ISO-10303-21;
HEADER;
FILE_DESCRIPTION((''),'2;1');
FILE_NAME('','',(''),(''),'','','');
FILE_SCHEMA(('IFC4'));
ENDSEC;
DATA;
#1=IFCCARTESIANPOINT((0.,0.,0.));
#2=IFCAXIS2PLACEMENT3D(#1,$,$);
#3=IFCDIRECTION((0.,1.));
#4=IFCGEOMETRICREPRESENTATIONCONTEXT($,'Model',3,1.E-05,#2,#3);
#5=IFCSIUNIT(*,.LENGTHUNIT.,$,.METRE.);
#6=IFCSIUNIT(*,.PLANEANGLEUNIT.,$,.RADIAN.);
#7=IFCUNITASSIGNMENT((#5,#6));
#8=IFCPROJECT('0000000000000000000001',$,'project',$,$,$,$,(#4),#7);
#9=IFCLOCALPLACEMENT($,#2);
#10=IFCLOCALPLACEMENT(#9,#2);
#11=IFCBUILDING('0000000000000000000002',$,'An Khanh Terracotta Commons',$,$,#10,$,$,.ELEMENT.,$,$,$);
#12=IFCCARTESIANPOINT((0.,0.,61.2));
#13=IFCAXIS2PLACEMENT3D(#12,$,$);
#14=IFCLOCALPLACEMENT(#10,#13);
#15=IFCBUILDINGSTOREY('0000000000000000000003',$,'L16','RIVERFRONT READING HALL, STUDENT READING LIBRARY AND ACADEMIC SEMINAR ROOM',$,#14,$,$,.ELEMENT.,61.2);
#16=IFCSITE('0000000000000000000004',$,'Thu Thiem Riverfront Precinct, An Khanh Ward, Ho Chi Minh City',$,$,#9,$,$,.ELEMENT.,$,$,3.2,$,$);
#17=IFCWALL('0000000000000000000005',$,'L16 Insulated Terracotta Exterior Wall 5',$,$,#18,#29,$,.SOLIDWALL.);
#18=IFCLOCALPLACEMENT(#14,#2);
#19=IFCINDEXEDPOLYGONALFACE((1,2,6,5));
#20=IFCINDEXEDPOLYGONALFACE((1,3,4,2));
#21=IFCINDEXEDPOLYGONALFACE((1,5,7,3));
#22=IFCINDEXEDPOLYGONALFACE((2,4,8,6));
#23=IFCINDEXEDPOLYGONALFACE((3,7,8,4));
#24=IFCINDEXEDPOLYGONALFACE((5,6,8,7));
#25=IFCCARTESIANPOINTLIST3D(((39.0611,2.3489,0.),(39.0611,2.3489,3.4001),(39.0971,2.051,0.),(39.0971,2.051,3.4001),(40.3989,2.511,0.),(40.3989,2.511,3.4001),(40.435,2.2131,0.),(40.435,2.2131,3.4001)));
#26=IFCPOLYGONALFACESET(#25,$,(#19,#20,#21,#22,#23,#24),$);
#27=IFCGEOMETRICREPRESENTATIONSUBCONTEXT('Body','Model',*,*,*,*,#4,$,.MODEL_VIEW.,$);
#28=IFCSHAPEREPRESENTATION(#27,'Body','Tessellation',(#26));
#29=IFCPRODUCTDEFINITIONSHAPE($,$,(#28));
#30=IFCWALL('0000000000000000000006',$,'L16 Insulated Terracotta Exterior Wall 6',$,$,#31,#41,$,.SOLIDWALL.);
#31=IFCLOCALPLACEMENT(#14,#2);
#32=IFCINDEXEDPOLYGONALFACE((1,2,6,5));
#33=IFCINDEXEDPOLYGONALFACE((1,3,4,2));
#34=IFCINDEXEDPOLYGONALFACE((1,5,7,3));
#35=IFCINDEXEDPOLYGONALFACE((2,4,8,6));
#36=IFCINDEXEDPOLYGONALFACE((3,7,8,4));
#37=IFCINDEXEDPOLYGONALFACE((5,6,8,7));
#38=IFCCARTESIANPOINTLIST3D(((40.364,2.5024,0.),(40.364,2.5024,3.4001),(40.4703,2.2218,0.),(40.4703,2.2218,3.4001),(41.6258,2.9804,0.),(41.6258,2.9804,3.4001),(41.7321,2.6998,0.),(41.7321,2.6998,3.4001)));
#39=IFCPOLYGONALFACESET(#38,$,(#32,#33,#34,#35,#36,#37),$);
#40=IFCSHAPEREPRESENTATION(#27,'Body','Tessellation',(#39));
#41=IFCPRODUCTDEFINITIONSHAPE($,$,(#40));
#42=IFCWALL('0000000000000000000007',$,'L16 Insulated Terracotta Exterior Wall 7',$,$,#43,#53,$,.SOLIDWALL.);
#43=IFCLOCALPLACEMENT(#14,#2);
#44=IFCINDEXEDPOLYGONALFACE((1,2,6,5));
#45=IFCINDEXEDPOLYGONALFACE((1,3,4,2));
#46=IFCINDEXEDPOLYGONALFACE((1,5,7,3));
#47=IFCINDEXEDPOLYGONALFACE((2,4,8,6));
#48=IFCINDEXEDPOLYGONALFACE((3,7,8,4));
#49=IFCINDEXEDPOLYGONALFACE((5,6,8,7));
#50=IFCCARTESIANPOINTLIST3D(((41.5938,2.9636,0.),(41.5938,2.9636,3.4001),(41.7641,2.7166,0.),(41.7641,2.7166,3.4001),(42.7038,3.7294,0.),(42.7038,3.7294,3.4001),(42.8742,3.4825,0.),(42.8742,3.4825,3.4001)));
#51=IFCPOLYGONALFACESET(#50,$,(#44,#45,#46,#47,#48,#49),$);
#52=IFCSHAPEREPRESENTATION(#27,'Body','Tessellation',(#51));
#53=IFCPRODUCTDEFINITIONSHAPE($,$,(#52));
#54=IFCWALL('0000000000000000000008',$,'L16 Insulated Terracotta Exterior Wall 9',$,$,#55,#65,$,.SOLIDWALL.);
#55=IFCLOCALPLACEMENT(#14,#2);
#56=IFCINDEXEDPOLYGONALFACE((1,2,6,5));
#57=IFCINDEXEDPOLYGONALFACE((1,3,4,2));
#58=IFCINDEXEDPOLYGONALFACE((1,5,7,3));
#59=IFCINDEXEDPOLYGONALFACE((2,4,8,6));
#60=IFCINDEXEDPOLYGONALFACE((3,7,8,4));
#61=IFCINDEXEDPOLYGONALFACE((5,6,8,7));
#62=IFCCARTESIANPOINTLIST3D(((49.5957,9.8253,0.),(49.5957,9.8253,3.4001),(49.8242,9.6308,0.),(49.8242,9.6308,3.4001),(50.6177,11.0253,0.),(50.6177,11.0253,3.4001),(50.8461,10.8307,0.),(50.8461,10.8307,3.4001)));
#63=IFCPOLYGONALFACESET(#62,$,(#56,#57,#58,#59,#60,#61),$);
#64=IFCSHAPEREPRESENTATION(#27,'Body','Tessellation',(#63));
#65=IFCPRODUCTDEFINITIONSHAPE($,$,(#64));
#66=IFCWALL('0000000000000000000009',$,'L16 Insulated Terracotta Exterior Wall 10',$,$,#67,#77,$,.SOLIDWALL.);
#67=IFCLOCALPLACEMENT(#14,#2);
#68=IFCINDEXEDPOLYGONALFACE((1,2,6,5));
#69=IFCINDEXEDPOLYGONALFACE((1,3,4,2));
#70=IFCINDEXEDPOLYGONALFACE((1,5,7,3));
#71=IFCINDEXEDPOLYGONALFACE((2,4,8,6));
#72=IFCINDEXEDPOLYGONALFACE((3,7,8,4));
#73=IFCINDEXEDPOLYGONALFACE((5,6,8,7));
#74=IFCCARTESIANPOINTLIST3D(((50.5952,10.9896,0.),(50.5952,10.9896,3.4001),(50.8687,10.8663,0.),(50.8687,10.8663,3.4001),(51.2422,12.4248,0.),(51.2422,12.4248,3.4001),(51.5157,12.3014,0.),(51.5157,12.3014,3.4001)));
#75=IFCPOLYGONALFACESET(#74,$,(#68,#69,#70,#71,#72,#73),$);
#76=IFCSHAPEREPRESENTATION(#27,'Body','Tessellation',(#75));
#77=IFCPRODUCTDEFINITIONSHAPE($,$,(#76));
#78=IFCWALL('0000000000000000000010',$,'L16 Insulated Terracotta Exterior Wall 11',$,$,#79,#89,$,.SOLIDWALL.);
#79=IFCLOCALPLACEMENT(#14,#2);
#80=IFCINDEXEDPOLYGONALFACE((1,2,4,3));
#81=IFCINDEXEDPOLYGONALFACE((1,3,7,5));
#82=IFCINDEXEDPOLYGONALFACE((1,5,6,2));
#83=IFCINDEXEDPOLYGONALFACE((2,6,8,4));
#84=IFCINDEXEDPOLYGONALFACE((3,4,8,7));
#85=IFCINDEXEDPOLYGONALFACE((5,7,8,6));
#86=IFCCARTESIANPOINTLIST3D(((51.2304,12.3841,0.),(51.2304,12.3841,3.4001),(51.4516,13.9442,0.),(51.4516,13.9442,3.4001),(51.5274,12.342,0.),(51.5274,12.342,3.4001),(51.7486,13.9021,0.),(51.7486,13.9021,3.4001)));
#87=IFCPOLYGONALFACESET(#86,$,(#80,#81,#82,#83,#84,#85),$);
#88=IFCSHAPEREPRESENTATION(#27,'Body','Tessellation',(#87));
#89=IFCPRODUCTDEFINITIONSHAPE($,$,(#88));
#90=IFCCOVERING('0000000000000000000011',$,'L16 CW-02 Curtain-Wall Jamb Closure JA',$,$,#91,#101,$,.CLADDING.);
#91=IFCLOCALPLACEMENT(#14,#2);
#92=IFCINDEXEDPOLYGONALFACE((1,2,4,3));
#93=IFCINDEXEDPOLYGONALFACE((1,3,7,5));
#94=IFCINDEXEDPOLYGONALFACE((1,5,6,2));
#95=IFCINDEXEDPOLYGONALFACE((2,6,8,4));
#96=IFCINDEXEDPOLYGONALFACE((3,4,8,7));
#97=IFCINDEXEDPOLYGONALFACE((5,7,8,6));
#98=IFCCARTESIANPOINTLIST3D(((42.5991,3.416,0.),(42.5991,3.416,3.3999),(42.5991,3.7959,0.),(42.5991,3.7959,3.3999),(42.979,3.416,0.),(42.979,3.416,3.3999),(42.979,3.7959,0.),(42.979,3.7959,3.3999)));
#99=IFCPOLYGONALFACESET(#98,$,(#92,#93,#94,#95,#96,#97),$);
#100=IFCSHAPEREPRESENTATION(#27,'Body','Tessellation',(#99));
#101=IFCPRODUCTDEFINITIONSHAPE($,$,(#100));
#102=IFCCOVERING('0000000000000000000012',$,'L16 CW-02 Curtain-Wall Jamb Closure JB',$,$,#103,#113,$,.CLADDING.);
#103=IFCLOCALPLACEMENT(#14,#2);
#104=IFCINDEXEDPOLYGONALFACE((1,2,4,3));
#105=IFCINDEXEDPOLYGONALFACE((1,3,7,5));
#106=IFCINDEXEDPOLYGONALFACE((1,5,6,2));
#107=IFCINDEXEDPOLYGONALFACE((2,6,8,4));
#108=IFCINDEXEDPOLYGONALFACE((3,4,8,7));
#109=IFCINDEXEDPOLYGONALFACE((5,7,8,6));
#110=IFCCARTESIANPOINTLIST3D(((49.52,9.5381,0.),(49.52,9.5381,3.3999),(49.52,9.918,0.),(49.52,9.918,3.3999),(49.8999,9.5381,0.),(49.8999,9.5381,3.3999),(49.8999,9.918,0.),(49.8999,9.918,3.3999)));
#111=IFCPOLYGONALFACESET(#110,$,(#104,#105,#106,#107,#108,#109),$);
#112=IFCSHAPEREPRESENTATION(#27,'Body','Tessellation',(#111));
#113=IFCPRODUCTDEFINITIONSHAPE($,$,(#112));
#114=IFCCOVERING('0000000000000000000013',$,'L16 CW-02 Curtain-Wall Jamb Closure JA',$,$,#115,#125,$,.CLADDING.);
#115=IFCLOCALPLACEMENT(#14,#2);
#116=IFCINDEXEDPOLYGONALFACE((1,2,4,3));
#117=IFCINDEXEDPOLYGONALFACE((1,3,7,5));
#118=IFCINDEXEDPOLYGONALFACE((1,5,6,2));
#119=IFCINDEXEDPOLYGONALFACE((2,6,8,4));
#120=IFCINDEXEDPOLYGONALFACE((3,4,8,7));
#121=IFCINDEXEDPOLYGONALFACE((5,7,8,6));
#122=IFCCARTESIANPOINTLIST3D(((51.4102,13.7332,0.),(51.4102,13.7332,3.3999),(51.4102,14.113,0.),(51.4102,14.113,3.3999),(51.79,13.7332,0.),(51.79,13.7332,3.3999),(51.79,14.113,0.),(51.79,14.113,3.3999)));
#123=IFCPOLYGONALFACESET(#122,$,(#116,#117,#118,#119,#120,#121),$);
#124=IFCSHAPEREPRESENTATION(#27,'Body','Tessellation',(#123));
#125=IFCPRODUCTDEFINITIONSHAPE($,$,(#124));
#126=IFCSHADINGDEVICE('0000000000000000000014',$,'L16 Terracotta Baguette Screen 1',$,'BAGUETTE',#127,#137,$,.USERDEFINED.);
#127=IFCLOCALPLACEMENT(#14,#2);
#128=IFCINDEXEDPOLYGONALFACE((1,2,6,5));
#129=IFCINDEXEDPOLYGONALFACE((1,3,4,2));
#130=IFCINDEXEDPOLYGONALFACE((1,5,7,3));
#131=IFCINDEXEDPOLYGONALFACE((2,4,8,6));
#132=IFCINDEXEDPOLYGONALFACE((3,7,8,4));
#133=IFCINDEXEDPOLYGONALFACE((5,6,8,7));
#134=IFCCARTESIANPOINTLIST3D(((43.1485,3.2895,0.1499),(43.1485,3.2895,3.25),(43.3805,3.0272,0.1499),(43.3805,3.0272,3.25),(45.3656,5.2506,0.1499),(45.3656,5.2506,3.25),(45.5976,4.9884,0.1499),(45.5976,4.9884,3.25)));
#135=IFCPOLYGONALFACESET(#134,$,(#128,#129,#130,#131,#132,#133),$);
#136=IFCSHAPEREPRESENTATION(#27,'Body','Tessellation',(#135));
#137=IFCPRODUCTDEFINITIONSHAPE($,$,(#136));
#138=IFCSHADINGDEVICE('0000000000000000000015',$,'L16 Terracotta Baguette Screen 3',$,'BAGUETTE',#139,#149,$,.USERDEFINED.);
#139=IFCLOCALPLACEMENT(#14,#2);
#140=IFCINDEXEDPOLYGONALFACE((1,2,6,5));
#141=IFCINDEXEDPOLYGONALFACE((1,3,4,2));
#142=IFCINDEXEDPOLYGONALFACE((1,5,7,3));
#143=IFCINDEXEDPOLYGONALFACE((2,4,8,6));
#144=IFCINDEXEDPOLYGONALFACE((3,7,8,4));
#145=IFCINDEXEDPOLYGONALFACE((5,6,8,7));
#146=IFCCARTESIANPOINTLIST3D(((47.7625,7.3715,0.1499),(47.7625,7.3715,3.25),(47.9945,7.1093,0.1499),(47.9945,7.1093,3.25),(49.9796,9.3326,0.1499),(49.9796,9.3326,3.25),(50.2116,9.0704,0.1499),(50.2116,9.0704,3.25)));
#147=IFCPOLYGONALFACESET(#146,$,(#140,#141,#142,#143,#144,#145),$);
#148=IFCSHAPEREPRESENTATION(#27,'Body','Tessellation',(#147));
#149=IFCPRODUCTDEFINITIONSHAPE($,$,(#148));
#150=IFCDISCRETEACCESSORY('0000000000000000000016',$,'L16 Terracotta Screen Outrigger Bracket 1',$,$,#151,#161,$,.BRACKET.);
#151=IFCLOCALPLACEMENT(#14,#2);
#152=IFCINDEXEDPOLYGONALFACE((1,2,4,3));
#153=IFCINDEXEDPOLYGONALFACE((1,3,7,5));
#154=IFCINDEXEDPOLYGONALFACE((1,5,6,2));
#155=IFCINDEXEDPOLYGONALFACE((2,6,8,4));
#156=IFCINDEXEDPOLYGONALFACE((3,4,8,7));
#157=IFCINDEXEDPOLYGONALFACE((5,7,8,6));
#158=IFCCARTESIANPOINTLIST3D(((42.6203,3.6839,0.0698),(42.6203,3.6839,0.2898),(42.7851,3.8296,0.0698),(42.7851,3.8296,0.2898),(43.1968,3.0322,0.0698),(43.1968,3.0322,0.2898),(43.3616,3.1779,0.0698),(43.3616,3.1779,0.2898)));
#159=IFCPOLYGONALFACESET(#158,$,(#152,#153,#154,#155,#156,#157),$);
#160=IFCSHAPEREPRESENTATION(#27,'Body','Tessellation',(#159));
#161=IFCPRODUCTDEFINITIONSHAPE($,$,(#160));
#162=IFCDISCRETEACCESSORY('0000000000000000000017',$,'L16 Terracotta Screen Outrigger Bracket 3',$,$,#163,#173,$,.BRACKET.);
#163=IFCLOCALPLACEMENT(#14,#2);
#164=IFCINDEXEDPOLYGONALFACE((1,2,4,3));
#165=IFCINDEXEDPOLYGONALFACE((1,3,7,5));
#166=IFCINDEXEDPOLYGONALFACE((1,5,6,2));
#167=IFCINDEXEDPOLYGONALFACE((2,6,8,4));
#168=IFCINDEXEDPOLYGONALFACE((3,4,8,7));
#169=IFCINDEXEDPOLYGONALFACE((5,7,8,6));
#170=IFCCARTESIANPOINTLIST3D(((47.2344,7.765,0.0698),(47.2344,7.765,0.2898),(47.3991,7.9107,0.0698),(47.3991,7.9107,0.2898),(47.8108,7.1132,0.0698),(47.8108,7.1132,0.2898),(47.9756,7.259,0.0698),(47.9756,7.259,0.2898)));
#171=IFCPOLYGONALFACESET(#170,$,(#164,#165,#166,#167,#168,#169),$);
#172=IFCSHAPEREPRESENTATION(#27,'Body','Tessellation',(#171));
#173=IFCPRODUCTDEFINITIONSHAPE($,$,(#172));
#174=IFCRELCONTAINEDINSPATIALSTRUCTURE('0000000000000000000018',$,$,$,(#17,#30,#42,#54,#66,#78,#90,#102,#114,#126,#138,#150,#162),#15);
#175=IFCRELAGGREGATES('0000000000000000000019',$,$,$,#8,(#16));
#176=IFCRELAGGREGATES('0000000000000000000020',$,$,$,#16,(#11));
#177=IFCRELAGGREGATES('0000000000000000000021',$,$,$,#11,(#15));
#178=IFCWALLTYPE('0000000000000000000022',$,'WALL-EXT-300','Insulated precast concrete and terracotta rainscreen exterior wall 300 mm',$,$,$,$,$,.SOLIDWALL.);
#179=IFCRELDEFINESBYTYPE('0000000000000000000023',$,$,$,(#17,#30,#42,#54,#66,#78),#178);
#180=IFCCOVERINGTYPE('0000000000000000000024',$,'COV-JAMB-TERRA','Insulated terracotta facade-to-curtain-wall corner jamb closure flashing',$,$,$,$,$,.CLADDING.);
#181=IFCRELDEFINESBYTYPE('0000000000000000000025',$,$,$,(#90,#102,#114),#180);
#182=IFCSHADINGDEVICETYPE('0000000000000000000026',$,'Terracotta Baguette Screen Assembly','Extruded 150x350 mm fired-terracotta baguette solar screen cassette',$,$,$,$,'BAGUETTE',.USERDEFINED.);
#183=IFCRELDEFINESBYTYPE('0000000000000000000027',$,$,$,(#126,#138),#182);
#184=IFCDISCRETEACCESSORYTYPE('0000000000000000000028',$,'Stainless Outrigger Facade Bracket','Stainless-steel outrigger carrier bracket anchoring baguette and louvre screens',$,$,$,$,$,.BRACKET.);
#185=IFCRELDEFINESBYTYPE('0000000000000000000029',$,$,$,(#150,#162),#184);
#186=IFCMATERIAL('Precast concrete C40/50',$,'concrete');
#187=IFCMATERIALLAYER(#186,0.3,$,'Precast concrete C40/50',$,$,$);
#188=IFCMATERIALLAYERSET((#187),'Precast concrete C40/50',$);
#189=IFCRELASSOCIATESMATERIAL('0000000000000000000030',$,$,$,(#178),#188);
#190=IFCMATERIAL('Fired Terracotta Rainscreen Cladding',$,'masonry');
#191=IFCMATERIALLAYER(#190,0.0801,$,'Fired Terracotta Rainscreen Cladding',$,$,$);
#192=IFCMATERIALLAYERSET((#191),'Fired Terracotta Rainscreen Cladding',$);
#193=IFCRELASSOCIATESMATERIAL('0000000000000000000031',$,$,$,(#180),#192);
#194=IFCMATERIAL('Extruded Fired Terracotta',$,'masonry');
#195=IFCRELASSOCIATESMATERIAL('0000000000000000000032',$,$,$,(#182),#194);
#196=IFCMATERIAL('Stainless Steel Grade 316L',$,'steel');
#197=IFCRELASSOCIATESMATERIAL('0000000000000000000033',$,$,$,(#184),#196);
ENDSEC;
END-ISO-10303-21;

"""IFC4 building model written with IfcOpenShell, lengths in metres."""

from ifc_helpers import new_model, si_unit, direction, frame, frame_2d, origin, origin_2d, place, context, subcontext, project, spatial, rectangle, extrude, material, layer, layer_set, type_object, element, save


model = new_model("IFC4")

# Units and contexts
model_context = context("Model", 3, precision=1e-05, world=origin(), true_north=direction((0.0, 1.0)))
body_context = subcontext(model_context, "Body", "Model", "MODEL_VIEW")
ifc_project = project(units=[si_unit("LENGTHUNIT", "METRE"), si_unit("PLANEANGLEUNIT", "RADIAN")], contexts=[model_context])

# Site, building, storey
site_placement = place(None, origin())
site = spatial("IfcSite", under=ifc_project, at=site_placement, Name="Thu Thiem Riverfront Precinct, An Khanh Ward, Ho Chi Minh City", CompositionType="ELEMENT", RefElevation=3.2)
building_placement = place(site_placement, origin())
building = spatial("IfcBuilding", under=site, at=building_placement, Name="An Khanh Terracotta Commons", CompositionType="ELEMENT")
storey_placement = place(building_placement, frame((0.0, 0.0, 61.2)))
storey = spatial("IfcBuildingStorey", under=building, at=storey_placement, Name="L16", Description="RIVERFRONT READING HALL, STUDENT READING LIBRARY AND ACADEMIC SEMINAR ROOM", CompositionType="ELEMENT", Elevation=61.2)

# Walls
ifc_material_1 = material(Name="Precast concrete C40/50", Category="concrete")
ifc_layer_1 = layer(ifc_material_1, 0.3, Name="Precast concrete C40/50")
ifc_layer_set_1 = layer_set([ifc_layer_1], Name="Precast concrete C40/50")
wall_type_1 = type_object("IfcWallType", Name="WALL-EXT-300", Description="Insulated precast concrete and terracotta rainscreen exterior wall 300 mm", PredefinedType="SOLIDWALL", material=ifc_layer_set_1)
wall_1_placement = place(storey_placement, frame((39.0791, 2.2, 0.0), z_axis=(0.0, 0.0, 1.0), x_axis=(0.992739, 0.120288, 0.0)))
element("IfcWall", 1, at=wall_1_placement, inside=storey, type_object=wall_type_1, Name="L16 Insulated Terracotta Exterior Wall 5", PredefinedType="SOLIDWALL", context=body_context, shape_type="SweptSolid", body=[
    extrude(rectangle(XDim=1.3477, YDim=0.3, at=frame_2d((0.6738, 0.0))), origin(), (0.0, 0.0, 1.0), 3.4001),
])
wall_2_placement = place(storey_placement, frame((40.417, 2.3621, 0.0), z_axis=(0.0, 0.0, 1.0), x_axis=(0.935157, 0.354234, 0.0)))
element("IfcWall", 2, at=wall_2_placement, inside=storey, type_object=wall_type_1, Name="L16 Insulated Terracotta Exterior Wall 6", PredefinedType="SOLIDWALL", context=body_context, shape_type="SweptSolid", body=[
    extrude(rectangle(XDim=1.3494, YDim=0.3, at=frame_2d((0.6748, 0.0))), origin(), (0.0, 0.0, 1.0), 3.4001),
])
wall_3_placement = place(storey_placement, frame((41.679, 2.8401, 0.0), z_axis=(0.0, 0.0, 1.0), x_axis=(0.823117, 0.567873, 0.0)))
element("IfcWall", 3, at=wall_3_placement, inside=storey, type_object=wall_type_1, Name="L16 Insulated Terracotta Exterior Wall 7", PredefinedType="SOLIDWALL", context=body_context, shape_type="SweptSolid", body=[
    extrude(rectangle(XDim=1.3486, YDim=0.3, at=frame_2d((0.6743, 0.0))), origin(), (0.0, 0.0, 1.0), 3.4001),
])
wall_4_placement = place(storey_placement, frame((49.71, 9.728, 0.0), z_axis=(0.0, 0.0, 1.0), x_axis=(0.64839, 0.761308, 0.0)))
element("IfcWall", 4, at=wall_4_placement, inside=storey, type_object=wall_type_1, Name="L16 Insulated Terracotta Exterior Wall 9", PredefinedType="SOLIDWALL", context=body_context, shape_type="SweptSolid", body=[
    extrude(rectangle(XDim=1.5762, YDim=0.3, at=frame_2d((0.7881, 0.0))), origin(), (0.0, 0.0, 1.0), 3.4001),
])
wall_5_placement = place(storey_placement, frame((50.7319, 10.928, 0.0), z_axis=(0.0, 0.0, 1.0), x_axis=(0.410997, 0.911637, 0.0)))
element("IfcWall", 5, at=wall_5_placement, inside=storey, type_object=wall_type_1, Name="L16 Insulated Terracotta Exterior Wall 10", PredefinedType="SOLIDWALL", context=body_context, shape_type="SweptSolid", body=[
    extrude(rectangle(XDim=1.5742, YDim=0.3, at=frame_2d((0.7871, 0.0))), origin(), (0.0, 0.0, 1.0), 3.4001),
])
wall_6_placement = place(storey_placement, frame((51.3789, 12.363, 0.0), z_axis=(0.0, 0.0, 1.0), x_axis=(0.14038, 0.990098, 0.0)))
element("IfcWall", 6, at=wall_6_placement, inside=storey, type_object=wall_type_1, Name="L16 Insulated Terracotta Exterior Wall 11", PredefinedType="SOLIDWALL", context=body_context, shape_type="SweptSolid", body=[
    extrude(rectangle(XDim=1.5757, YDim=0.3, at=frame_2d((0.7878, 0.0))), origin(), (0.0, 0.0, 1.0), 3.4001),
])

# Coverings
ifc_material_2 = material(Name="Fired Terracotta Rainscreen Cladding", Category="masonry")
ifc_layer_2 = layer(ifc_material_2, 0.0801, Name="Fired Terracotta Rainscreen Cladding")
ifc_layer_set_2 = layer_set([ifc_layer_2], Name="Fired Terracotta Rainscreen Cladding")
covering_type = type_object("IfcCoveringType", Name="COV-JAMB-TERRA", Description="Insulated terracotta facade-to-curtain-wall corner jamb closure flashing", PredefinedType="CLADDING", material=ifc_layer_set_2)
for number, where, z_axis, x_axis, name in (
    (7, (42.7891, 3.606, 0.0), (0.0, 0.0, 1.0), (1.0, 0.0, 0.0), "L16 CW-02 Curtain-Wall Jamb Closure JA"),
    (8, (49.71, 9.728, 0.0), (0.0, 0.0, 1.0), (1.0, 0.0, 0.0), "L16 CW-02 Curtain-Wall Jamb Closure JB"),
    (9, (51.6001, 13.9231, 0.0), (0.0, 0.0, 1.0), (1.0, 0.0, 0.0), "L16 CW-02 Curtain-Wall Jamb Closure JA"),
):
    element("IfcCovering", number, at=place(storey_placement, frame(where, z_axis=z_axis, x_axis=x_axis)), inside=storey, type_object=covering_type, Name=name, PredefinedType="CLADDING", context=body_context, shape_type="SweptSolid", body=[
        extrude(rectangle(XDim=0.3799, YDim=0.3799, at=origin_2d()), origin(), (0.0, 0.0, 1.0), 3.3999),
    ])

# Shading devices
ifc_material_3 = material(Name="Extruded Fired Terracotta", Category="masonry")
shading_device_type = type_object("IfcShadingDeviceType", Name="Terracotta Baguette Screen Assembly", Description="Extruded 150x350 mm fired-terracotta baguette solar screen cassette", ElementType="BAGUETTE", PredefinedType="USERDEFINED", material=ifc_material_3)
for number, where, z_axis, x_axis, name in (
    (10, (44.373, 4.1389, 0.1499), (0.0, 0.0, 1.0), (0.749019, 0.662548, 0.0), "L16 Terracotta Baguette Screen 1"),
    (11, (48.9871, 8.2209, 0.1499), (0.0, 0.0, 1.0), (0.749019, 0.662548, 0.0), "L16 Terracotta Baguette Screen 3"),
):
    element("IfcShadingDevice", number, at=place(storey_placement, frame(where, z_axis=z_axis, x_axis=x_axis)), inside=storey, type_object=shading_device_type, Name=name, ObjectType="BAGUETTE", PredefinedType="USERDEFINED", context=body_context, shape_type="SweptSolid", body=[
        extrude(rectangle(XDim=2.96, YDim=0.3501, at=origin_2d()), origin(), (0.0, 0.0, 1.0), 3.1001),
    ])

# Discrete accessories
ifc_material_4 = material(Name="Stainless Steel Grade 316L", Category="steel")
discrete_accessory_type = type_object("IfcDiscreteAccessoryType", Name="Stainless Outrigger Facade Bracket", Description="Stainless-steel outrigger carrier bracket anchoring baguette and louvre screens", PredefinedType="BRACKET", material=ifc_material_4)
for number, where, z_axis, x_axis, name in (
    (12, (42.991, 3.4309, 0.0698), (0.0, 0.0, 1.0), (0.749019, 0.662548, 0.0), "L16 Terracotta Screen Outrigger Bracket 1"),
    (13, (47.605, 7.512, 0.0698), (0.0, 0.0, 1.0), (0.749019, 0.662548, 0.0), "L16 Terracotta Screen Outrigger Bracket 3"),
):
    element("IfcDiscreteAccessory", number, at=place(storey_placement, frame(where, z_axis=z_axis, x_axis=x_axis)), inside=storey, type_object=discrete_accessory_type, Name=name, PredefinedType="BRACKET", context=body_context, shape_type="SweptSolid", body=[
        extrude(rectangle(XDim=0.22, YDim=0.8701, at=origin_2d()), origin(), (0.0, 0.0, 1.0), 0.22),
    ])

save(model, "model.ifc")
